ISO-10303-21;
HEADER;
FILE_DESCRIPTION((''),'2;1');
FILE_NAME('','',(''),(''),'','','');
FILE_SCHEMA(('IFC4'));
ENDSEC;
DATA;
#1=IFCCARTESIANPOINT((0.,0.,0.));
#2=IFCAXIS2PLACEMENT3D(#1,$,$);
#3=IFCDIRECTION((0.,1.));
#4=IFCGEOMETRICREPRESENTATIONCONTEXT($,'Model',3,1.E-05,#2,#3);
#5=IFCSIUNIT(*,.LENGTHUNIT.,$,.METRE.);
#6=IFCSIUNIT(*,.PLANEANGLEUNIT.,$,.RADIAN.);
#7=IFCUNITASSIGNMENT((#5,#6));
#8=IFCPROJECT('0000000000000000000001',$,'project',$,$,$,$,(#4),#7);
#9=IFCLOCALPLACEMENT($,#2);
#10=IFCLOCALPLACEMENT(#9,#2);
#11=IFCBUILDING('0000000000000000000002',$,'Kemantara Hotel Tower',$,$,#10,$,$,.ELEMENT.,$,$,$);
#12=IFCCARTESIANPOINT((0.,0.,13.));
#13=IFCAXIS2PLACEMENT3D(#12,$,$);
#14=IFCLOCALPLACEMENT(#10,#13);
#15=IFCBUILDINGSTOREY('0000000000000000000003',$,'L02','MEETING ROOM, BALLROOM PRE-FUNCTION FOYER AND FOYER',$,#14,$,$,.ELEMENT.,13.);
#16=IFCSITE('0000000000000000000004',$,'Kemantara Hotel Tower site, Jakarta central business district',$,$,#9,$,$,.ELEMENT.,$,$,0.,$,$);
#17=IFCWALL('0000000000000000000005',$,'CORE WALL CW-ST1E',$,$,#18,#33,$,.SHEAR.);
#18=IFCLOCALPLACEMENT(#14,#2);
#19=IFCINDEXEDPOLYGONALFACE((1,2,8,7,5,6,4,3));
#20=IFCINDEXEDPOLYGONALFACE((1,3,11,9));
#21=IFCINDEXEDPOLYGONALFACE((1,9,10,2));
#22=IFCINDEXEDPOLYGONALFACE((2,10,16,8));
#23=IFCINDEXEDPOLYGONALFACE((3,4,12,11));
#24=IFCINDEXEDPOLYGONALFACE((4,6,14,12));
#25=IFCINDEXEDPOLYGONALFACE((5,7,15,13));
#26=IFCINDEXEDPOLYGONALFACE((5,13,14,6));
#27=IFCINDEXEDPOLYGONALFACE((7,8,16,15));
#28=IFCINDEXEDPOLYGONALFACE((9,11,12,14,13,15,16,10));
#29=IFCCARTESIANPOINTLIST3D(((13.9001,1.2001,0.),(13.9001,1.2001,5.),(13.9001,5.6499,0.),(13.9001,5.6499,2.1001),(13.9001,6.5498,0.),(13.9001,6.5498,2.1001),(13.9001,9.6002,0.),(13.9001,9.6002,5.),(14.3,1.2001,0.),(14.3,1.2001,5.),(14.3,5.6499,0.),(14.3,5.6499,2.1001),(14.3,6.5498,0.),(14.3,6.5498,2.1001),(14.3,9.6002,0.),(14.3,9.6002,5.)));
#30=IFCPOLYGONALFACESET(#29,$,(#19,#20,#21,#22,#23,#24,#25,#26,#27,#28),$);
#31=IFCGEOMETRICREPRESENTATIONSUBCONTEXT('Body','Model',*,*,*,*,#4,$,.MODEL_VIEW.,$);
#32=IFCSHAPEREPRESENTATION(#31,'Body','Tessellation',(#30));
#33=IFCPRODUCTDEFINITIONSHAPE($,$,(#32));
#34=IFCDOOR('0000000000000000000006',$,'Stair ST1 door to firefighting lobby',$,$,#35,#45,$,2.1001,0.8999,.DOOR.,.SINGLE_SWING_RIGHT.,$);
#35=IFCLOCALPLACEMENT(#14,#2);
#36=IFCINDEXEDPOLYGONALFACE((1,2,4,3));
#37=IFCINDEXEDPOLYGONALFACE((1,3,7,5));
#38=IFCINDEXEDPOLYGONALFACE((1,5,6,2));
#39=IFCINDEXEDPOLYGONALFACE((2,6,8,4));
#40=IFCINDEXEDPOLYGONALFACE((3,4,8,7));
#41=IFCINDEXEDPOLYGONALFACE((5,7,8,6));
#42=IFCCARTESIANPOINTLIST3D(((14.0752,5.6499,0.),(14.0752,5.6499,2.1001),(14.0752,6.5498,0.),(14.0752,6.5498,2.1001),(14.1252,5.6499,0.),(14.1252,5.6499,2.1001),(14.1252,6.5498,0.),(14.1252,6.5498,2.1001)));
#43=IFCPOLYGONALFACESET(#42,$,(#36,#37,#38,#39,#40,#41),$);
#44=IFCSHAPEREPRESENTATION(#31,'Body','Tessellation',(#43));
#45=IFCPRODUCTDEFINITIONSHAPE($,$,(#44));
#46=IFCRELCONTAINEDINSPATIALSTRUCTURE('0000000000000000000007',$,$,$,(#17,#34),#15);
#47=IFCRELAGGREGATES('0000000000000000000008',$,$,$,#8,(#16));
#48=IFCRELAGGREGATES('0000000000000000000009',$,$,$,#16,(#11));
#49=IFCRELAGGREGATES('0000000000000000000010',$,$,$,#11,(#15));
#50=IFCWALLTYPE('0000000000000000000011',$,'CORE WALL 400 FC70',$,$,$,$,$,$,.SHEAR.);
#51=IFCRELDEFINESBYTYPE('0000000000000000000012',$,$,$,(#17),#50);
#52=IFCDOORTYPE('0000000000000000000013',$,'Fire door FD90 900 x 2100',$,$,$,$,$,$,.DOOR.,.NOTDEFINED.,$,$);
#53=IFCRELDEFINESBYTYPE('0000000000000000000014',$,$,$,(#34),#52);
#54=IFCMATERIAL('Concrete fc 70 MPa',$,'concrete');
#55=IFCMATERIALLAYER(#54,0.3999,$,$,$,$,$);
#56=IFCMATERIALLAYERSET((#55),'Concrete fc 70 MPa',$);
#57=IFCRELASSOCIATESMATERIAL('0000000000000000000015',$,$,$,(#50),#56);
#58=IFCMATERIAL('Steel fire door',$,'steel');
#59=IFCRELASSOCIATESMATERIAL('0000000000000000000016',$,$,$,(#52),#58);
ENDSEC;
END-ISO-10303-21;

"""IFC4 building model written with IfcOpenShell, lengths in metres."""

from ifc_helpers import new_model, si_unit, direction, frame, frame_2d, origin, place, context, subcontext, project, spatial, rectangle, extrude, material, layer, layer_set, type_object, element, fill, save


model = new_model("IFC4")

# Units and contexts
model_context = context("Model", 3, precision=1e-05, world=origin(), true_north=direction((0.0, 1.0)))
body_context = subcontext(model_context, "Body", "Model", "MODEL_VIEW")
ifc_project = project(units=[si_unit("LENGTHUNIT", "METRE"), si_unit("PLANEANGLEUNIT", "RADIAN")], contexts=[model_context])

# Site, building, storey
site_placement = place(None, origin())
site = spatial("IfcSite", under=ifc_project, at=site_placement, Name="Kemantara Hotel Tower site, Jakarta central business district", CompositionType="ELEMENT", RefElevation=0.0)
building_placement = place(site_placement, origin())
building = spatial("IfcBuilding", under=site, at=building_placement, Name="Kemantara Hotel Tower", CompositionType="ELEMENT")
storey_placement = place(building_placement, frame((0.0, 0.0, 13.0)))
storey = spatial("IfcBuildingStorey", under=building, at=storey_placement, Name="L02", Description="MEETING ROOM, BALLROOM PRE-FUNCTION FOYER AND FOYER", CompositionType="ELEMENT", Elevation=13.0)

# Shared definitions
ifc_material_1 = material(Name="Concrete fc 70 MPa", Category="concrete")

# Wall, opening, door
ifc_layer_1 = layer(ifc_material_1, 0.3999)
ifc_layer_set_1 = layer_set([ifc_layer_1], Name="Concrete fc 70 MPa")
wall_type_1 = type_object("IfcWallType", Name="CORE WALL 400 FC70", PredefinedType="SHEAR", material=ifc_layer_set_1)
wall_1_placement = place(storey_placement, frame((14.1001, 1.2, 0.0), z_axis=(0.0, 0.0, 1.0), x_axis=(0.0, 1.0, 0.0)))
wall_1 = element("IfcWall", 1, at=wall_1_placement, inside=storey, type_object=wall_type_1, Name="CORE WALL CW-ST1E", PredefinedType="SHEAR", context=body_context, shape_type="SweptSolid", body=[
    extrude(rectangle(XDim=8.4001, YDim=0.3999, at=frame_2d((4.2002, 0.0))), origin(), (0.0, 0.0, 1.0), 5.0),
])
opening_placement = place(wall_1_placement, frame((4.45, 0.0, 0.0)))
opening = element("IfcOpeningElement", 2, at=opening_placement, cuts=wall_1, PredefinedType="OPENING", context=body_context, shape_type="SweptSolid", body=[
    extrude(rectangle(XDim=0.8999, YDim=2.1001, at=frame_2d((0.45, 1.05))), frame((0.0, 0.21, 0.0), z_axis=(0.0, -1.0, 0.0), x_axis=(1.0, 0.0, 0.0)), (0.0, 0.0, 1.0), 0.4199),
])
ifc_material_2 = material(Name="Steel fire door", Category="steel")
door_type = type_object("IfcDoorType", Name="Fire door FD90 900 x 2100", OperationType="NOTDEFINED", PredefinedType="DOOR", material=ifc_material_2)
door_placement = place(opening_placement, origin())
door = element("IfcDoor", 3, at=door_placement, inside=storey, type_object=door_type, Name="Stair ST1 door to firefighting lobby", OperationType="SINGLE_SWING_RIGHT", OverallHeight=2.1001, OverallWidth=0.8999, PredefinedType="DOOR", context=body_context, shape_type="SweptSolid", body=[
    extrude(rectangle(XDim=0.8999, YDim=2.1001, at=frame_2d((0.45, 1.05))), frame((0.0, 0.0249, 0.0), z_axis=(0.0, -1.0, 0.0), x_axis=(1.0, 0.0, 0.0)), (0.0, 0.0, 1.0), 0.05),
])
fill(opening, door)

save(model, "model.ifc")
